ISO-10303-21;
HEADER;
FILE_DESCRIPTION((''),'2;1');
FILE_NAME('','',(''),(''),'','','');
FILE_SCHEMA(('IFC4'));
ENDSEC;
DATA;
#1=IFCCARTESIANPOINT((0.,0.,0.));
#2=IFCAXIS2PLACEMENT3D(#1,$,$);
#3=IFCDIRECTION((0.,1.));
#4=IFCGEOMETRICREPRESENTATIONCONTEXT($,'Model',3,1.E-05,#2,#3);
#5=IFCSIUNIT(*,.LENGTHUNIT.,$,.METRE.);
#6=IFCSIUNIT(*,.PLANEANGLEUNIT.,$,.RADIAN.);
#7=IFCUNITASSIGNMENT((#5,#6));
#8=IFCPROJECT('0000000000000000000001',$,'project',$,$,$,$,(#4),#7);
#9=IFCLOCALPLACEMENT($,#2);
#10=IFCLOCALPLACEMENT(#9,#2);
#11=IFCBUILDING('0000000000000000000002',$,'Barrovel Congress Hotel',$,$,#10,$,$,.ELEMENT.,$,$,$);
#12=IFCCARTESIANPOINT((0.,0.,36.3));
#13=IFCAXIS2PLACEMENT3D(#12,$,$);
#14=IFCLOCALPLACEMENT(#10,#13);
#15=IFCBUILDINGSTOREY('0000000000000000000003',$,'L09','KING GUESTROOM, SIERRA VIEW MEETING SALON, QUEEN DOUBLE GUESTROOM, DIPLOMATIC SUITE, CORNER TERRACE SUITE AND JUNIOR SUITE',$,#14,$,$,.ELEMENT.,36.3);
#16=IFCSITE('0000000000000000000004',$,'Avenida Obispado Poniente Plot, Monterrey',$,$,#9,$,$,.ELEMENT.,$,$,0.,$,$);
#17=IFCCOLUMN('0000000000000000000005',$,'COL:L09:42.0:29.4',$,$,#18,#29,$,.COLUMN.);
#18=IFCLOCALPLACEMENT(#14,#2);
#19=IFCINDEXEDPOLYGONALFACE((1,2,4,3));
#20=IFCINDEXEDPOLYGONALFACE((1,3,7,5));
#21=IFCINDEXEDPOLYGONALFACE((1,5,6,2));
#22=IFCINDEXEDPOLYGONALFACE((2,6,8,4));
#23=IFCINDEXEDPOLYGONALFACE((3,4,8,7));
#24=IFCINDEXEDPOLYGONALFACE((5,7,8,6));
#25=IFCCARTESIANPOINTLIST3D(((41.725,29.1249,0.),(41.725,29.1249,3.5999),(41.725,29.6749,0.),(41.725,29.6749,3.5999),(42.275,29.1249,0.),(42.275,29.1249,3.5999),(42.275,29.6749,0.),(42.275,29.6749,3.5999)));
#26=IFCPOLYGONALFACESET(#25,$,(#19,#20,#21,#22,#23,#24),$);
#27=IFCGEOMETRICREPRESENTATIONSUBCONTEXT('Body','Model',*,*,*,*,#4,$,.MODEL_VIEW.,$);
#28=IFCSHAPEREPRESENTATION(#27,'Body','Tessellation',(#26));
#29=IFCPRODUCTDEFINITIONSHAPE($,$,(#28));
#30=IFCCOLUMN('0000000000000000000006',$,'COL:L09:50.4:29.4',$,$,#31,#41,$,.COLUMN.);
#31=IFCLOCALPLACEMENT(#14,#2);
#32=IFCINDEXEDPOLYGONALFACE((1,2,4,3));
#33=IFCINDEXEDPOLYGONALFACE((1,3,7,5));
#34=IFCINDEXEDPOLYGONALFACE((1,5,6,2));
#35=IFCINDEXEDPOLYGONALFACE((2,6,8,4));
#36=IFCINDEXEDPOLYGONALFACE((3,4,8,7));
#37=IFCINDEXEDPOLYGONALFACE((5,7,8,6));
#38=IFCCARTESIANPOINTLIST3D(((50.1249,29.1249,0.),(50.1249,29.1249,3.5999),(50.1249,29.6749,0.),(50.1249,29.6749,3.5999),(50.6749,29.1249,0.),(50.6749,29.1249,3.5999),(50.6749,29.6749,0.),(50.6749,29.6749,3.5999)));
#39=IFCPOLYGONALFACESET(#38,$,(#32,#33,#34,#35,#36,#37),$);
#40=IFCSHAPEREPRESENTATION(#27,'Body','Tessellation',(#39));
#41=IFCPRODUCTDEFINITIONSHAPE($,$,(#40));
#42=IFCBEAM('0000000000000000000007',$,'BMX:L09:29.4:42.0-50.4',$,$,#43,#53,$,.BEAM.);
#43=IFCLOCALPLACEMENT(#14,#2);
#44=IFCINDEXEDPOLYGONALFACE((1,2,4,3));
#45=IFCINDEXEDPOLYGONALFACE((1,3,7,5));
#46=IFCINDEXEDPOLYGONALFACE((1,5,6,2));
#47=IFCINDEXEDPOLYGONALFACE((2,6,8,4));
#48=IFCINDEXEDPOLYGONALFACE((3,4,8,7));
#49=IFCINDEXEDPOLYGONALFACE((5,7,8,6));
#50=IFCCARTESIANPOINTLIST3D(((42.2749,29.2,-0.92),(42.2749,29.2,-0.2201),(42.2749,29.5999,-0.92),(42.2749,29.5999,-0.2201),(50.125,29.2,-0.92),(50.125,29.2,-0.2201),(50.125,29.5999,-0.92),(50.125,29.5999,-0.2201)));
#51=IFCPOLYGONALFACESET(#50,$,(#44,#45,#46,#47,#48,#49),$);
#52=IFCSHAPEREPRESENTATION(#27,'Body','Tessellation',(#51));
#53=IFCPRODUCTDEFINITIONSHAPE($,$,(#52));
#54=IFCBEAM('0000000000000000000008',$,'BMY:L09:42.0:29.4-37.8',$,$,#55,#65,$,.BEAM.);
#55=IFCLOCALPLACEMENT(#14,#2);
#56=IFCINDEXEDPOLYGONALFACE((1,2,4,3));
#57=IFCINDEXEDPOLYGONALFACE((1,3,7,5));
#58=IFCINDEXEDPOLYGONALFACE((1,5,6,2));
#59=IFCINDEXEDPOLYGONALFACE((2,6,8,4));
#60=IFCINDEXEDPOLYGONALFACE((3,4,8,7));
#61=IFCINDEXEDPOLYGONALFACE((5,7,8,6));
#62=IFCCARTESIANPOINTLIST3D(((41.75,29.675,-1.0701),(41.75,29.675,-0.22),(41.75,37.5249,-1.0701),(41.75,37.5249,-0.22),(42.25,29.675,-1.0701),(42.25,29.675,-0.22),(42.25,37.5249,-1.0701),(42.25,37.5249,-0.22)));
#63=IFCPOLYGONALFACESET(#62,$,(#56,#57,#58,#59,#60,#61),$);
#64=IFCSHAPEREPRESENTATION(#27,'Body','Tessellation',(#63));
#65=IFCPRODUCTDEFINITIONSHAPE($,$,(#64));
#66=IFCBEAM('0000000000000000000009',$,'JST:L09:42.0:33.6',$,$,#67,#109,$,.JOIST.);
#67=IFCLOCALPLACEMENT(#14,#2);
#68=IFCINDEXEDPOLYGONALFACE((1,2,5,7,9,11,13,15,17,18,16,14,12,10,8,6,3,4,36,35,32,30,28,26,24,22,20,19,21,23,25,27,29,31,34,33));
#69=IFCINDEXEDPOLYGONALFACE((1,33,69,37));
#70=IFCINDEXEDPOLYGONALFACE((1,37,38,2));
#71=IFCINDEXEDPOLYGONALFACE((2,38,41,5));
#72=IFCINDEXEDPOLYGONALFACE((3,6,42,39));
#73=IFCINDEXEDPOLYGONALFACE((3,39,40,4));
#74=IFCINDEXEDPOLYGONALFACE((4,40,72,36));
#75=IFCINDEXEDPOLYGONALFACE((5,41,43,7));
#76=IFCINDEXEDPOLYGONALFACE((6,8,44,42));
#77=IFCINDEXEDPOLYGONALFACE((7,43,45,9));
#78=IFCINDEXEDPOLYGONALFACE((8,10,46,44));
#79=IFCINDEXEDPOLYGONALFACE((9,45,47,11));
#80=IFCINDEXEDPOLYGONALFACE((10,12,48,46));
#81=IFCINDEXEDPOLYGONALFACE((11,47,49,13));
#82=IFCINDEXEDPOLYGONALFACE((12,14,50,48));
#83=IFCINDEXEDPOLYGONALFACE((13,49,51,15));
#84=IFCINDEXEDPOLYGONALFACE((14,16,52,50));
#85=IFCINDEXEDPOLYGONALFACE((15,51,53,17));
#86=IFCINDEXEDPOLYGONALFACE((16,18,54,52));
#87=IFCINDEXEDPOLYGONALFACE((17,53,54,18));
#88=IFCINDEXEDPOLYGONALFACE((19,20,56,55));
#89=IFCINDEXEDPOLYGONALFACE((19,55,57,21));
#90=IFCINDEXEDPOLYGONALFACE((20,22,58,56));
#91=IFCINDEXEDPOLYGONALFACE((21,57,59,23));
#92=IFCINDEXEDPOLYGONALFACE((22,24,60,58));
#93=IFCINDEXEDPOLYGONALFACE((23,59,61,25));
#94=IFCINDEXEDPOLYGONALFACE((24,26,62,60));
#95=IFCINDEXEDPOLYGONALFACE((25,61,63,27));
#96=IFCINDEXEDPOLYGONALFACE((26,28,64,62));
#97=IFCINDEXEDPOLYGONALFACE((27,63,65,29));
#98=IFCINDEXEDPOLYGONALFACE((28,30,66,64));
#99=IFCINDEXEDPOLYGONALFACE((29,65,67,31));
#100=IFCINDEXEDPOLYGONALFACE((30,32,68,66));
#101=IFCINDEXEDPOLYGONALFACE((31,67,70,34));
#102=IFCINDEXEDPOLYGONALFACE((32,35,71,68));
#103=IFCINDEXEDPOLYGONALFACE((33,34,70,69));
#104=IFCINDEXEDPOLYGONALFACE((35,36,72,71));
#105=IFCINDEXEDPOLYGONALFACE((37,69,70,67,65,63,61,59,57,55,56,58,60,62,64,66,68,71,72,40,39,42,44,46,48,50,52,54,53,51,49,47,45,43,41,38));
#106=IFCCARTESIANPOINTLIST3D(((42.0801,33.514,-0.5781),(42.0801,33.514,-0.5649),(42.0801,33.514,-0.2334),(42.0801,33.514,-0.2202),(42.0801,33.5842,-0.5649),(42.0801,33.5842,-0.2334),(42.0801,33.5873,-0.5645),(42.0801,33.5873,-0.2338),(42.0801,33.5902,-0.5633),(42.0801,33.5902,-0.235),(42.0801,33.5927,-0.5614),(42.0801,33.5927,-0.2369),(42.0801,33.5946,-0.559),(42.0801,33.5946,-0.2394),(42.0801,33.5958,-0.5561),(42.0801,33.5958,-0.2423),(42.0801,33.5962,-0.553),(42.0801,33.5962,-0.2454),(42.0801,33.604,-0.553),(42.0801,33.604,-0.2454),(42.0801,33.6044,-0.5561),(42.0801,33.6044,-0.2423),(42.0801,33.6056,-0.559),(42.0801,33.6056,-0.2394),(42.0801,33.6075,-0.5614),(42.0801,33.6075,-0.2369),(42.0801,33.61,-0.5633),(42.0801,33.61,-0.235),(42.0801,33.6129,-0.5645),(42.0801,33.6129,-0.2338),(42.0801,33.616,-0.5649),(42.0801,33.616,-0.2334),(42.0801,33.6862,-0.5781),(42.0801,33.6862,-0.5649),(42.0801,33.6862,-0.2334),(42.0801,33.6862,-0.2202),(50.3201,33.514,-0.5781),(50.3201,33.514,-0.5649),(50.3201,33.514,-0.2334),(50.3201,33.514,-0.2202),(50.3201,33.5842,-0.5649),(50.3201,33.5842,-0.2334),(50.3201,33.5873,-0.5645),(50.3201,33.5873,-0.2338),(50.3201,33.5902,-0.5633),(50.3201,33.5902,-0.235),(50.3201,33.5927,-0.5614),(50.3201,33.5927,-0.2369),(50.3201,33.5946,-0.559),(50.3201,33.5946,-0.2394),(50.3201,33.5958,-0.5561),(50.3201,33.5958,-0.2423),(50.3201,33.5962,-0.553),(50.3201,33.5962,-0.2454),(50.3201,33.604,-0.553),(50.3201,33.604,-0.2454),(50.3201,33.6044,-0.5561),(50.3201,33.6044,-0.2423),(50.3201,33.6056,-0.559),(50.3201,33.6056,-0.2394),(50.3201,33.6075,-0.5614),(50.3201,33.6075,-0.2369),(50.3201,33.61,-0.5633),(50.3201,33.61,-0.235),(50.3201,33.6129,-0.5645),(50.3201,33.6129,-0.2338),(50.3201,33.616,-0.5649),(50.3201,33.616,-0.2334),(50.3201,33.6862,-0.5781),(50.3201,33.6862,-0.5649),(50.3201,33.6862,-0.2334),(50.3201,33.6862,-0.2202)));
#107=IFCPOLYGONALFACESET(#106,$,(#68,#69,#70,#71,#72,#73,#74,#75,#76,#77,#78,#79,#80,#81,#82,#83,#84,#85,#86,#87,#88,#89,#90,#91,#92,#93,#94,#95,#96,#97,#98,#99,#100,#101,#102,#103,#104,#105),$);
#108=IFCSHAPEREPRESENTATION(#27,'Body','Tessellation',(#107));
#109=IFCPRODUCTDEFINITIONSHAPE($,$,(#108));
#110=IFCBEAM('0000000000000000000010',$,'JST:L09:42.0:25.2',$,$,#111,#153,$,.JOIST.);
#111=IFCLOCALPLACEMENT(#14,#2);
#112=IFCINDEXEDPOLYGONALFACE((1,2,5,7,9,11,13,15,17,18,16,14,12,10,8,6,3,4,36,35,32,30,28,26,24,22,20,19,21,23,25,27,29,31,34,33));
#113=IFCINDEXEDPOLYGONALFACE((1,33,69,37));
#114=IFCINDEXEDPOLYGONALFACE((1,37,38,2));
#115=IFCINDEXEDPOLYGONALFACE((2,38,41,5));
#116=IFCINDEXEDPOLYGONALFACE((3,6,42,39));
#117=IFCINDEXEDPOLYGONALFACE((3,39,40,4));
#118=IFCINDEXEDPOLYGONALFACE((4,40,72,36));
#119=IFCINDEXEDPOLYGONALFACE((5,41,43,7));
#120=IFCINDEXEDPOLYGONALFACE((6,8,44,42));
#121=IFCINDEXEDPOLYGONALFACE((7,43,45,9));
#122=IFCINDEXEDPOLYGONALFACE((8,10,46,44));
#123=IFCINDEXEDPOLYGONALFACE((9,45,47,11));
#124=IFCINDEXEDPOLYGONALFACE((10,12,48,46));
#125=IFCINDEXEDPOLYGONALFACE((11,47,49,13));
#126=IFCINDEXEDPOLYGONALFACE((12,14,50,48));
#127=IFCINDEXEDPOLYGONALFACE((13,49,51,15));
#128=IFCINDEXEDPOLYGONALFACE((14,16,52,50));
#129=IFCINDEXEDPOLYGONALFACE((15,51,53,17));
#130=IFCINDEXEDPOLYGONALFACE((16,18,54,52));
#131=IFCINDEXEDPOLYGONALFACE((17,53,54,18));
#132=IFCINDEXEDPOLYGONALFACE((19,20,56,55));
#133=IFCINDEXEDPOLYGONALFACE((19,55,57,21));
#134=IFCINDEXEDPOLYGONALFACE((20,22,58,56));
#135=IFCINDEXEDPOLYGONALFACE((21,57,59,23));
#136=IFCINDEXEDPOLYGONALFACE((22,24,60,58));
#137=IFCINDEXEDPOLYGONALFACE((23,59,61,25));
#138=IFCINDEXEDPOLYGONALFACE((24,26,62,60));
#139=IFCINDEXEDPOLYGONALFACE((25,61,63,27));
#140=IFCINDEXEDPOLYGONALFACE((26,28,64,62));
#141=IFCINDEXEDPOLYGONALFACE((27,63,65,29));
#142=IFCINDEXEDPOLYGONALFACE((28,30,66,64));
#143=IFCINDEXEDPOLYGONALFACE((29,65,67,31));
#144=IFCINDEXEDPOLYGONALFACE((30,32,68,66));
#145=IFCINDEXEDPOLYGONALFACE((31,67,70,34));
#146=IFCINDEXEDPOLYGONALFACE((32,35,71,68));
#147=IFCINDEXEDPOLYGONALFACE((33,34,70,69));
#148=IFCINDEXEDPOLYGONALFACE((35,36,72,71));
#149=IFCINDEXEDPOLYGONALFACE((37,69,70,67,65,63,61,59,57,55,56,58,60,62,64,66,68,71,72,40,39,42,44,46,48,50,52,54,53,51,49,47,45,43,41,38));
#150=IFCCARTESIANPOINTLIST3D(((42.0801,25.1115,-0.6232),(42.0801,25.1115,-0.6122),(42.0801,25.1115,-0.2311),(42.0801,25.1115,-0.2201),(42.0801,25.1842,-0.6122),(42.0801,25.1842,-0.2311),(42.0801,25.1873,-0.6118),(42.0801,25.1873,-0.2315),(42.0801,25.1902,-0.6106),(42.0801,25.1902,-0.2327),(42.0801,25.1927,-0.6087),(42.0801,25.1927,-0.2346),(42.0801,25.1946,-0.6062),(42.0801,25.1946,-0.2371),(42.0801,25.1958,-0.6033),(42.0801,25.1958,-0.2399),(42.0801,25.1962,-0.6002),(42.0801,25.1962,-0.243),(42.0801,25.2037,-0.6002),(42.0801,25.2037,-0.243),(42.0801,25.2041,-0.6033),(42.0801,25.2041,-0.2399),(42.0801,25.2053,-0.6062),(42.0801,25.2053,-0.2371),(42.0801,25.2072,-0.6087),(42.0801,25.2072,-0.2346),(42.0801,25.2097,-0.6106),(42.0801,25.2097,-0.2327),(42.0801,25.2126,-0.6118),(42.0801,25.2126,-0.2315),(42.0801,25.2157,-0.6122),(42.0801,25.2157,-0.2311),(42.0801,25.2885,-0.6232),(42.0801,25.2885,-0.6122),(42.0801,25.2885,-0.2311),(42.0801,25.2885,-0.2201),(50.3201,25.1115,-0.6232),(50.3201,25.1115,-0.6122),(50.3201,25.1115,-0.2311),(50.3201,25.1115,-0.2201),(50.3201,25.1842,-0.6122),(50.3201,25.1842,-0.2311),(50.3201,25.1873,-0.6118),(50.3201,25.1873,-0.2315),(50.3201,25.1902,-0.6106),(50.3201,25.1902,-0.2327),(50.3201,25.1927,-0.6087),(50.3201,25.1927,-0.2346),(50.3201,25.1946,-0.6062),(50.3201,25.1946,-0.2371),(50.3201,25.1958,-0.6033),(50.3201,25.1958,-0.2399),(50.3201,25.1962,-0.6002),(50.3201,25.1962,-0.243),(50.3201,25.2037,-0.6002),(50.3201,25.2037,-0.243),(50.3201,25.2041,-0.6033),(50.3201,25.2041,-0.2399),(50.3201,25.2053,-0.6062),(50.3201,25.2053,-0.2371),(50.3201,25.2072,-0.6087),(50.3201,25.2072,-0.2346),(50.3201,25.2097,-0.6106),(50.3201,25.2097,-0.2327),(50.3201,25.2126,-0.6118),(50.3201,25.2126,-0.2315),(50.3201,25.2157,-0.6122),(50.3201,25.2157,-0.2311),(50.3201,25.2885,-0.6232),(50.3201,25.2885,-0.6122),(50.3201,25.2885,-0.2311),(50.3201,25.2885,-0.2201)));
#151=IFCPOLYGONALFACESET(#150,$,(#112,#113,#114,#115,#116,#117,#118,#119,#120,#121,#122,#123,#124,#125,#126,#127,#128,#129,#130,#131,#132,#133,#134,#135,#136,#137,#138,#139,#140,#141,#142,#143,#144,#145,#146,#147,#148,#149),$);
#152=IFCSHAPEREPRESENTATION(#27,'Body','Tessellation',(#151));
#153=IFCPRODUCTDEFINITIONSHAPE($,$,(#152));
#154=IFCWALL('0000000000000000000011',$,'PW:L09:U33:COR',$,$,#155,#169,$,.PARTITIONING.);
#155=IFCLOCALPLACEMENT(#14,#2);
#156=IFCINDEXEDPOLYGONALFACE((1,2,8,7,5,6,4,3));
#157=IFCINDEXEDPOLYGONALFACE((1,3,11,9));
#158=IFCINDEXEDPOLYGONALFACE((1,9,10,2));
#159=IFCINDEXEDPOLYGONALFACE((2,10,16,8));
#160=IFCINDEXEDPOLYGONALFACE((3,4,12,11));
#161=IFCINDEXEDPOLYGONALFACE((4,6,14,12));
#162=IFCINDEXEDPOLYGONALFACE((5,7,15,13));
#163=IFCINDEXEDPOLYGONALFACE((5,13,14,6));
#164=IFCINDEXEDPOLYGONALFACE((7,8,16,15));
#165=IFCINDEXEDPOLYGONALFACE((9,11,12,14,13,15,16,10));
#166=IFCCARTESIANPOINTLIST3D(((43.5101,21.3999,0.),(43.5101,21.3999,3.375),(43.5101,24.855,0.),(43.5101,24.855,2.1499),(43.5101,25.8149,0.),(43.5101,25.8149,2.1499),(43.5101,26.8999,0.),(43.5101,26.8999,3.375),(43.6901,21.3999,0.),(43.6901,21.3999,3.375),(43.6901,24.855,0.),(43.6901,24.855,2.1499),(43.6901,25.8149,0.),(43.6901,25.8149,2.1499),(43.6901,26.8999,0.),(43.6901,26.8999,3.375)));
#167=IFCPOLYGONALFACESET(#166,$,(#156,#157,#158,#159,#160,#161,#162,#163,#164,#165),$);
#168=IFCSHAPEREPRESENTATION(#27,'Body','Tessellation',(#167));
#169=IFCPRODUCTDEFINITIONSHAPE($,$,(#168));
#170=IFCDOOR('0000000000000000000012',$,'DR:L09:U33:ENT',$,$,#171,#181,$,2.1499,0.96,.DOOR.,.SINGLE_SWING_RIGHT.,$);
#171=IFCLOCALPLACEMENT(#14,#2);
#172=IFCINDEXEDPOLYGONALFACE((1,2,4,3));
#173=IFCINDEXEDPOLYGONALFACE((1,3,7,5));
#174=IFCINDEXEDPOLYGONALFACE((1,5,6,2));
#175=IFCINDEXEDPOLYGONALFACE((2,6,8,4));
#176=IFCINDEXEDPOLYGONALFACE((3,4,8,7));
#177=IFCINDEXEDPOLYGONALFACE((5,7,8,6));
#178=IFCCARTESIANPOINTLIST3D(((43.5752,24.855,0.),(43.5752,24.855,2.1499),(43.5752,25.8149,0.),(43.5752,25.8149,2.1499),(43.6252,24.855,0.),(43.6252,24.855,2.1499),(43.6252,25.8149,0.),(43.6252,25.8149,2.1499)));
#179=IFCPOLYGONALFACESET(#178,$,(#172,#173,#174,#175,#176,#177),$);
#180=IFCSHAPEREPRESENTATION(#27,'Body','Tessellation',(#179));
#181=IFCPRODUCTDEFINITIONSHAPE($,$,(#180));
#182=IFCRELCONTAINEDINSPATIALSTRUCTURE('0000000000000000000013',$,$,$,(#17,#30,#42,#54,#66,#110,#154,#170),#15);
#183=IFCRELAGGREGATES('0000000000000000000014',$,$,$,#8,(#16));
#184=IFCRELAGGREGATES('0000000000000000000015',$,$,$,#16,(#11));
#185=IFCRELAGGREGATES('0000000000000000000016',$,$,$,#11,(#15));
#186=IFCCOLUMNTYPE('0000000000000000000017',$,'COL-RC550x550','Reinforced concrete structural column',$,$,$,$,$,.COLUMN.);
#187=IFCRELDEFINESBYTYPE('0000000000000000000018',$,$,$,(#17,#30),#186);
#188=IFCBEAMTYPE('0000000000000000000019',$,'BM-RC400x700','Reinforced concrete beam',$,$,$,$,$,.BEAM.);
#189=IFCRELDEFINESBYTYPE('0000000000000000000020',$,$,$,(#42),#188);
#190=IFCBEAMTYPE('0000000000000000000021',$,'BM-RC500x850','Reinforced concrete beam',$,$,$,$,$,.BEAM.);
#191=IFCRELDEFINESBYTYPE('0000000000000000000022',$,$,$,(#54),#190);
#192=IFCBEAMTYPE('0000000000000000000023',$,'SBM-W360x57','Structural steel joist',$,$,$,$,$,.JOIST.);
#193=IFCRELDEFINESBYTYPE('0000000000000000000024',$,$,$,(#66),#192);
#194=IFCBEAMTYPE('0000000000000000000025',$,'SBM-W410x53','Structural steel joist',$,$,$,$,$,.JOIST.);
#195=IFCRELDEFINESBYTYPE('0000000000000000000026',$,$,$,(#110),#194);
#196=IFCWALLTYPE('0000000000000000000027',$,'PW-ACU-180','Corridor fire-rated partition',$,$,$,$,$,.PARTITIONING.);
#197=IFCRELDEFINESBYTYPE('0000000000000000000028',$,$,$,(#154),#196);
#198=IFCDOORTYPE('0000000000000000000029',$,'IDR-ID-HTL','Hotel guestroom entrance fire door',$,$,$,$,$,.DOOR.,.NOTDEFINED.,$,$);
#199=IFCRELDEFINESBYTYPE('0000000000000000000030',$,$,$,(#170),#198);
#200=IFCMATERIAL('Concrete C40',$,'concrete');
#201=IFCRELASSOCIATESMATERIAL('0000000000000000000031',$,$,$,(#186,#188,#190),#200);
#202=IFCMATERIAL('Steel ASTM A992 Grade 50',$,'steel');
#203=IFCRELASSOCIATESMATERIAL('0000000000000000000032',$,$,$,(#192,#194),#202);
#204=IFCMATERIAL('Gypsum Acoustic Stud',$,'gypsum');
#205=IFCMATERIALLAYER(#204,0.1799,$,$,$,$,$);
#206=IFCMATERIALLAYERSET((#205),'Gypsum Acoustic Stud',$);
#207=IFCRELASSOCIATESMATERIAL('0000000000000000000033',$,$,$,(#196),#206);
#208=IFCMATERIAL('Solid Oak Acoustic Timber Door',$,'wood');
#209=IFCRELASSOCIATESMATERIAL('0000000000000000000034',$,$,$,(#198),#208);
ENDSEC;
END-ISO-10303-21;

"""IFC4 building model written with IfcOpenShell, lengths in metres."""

from ifc_helpers import new_model, si_unit, direction, frame, frame_2d, origin, origin_2d, place, context, subcontext, project, spatial, rectangle, i_section, extrude, material, layer, layer_set, material_profile, profile_set, type_object, element, fill, save


model = new_model("IFC4")

# Units and contexts
model_context = context("Model", 3, precision=1e-05, world=origin(), true_north=direction((0.0, 1.0)))
body_context = subcontext(model_context, "Body", "Model", "MODEL_VIEW")
ifc_project = project(units=[si_unit("LENGTHUNIT", "METRE"), si_unit("PLANEANGLEUNIT", "RADIAN")], contexts=[model_context])

# Site, building, storey
site_placement = place(None, origin())
site = spatial("IfcSite", under=ifc_project, at=site_placement, Name="Avenida Obispado Poniente Plot, Monterrey", CompositionType="ELEMENT", RefElevation=0.0)
building_placement = place(site_placement, origin())
building = spatial("IfcBuilding", under=site, at=building_placement, Name="Barrovel Congress Hotel", CompositionType="ELEMENT")
storey_placement = place(building_placement, frame((0.0, 0.0, 36.3)))
storey = spatial("IfcBuildingStorey", under=building, at=storey_placement, Name="L09", Description="KING GUESTROOM, SIERRA VIEW MEETING SALON, QUEEN DOUBLE GUESTROOM, DIPLOMATIC SUITE, CORNER TERRACE SUITE AND JUNIOR SUITE", CompositionType="ELEMENT", Elevation=36.3)

# Columns
ifc_material_1 = material(Name="Concrete C40", Category="concrete")
ifc_material_profile_1 = material_profile(ifc_material_1, rectangle(XDim=0.55, YDim=0.55, at=origin_2d()), Name="RC550x550")
ifc_profile_set_1 = profile_set([ifc_material_profile_1], Name="Concrete C40")
column_type = type_object("IfcColumnType", Name="COL-RC550x550", Description="Reinforced concrete structural column", PredefinedType="COLUMN", material=ifc_profile_set_1)
for number, where, z_axis, x_axis, name in (
    (1, (42.0, 29.3999, 0.0), (0.0, 0.0, 1.0), (1.0, 0.0, 0.0), "COL:L09:42.0:29.4"),
    (2, (50.3999, 29.3999, 0.0), (0.0, 0.0, 1.0), (1.0, 0.0, 0.0), "COL:L09:50.4:29.4"),
):
    element("IfcColumn", number, at=place(storey_placement, frame(where, z_axis=z_axis, x_axis=x_axis)), inside=storey, type_object=column_type, Name=name, PredefinedType="COLUMN", context=body_context, shape_type="SweptSolid", body=[
        extrude(rectangle(XDim=0.55, YDim=0.55, at=origin_2d()), origin(), (0.0, 0.0, 1.0), 3.5999),
    ])

# Beams
ifc_material_profile_2 = material_profile(ifc_material_1, rectangle(XDim=0.3999, YDim=0.7, at=origin_2d()), Name="RC400x700")
ifc_profile_set_2 = profile_set([ifc_material_profile_2], Name="Concrete C40")
beam_type_1 = type_object("IfcBeamType", Name="BM-RC400x700", Description="Reinforced concrete beam", PredefinedType="BEAM", material=ifc_profile_set_2)
beam_1_placement = place(storey_placement, frame((42.2749, 29.3999, -0.5701), z_axis=(1.0, 0.0, 0.0), x_axis=(0.0, 1.0, 0.0)))
element("IfcBeam", 3, at=beam_1_placement, inside=storey, type_object=beam_type_1, Name="BMX:L09:29.4:42.0-50.4", PredefinedType="BEAM", context=body_context, shape_type="SweptSolid", body=[
    extrude(rectangle(XDim=0.3999, YDim=0.7, at=origin_2d()), origin(), (0.0, 0.0, 1.0), 7.8501),
])
ifc_material_profile_3 = material_profile(ifc_material_1, rectangle(XDim=0.5, YDim=0.8501, at=origin_2d()), Name="RC500x850")
ifc_profile_set_3 = profile_set([ifc_material_profile_3], Name="Concrete C40")
beam_type_2 = type_object("IfcBeamType", Name="BM-RC500x850", Description="Reinforced concrete beam", PredefinedType="BEAM", material=ifc_profile_set_3)
beam_2_placement = place(storey_placement, frame((42.0, 29.675, -0.645), z_axis=(0.0, 1.0, 0.0), x_axis=(-1.0, 0.0, 0.0)))
element("IfcBeam", 4, at=beam_2_placement, inside=storey, type_object=beam_type_2, Name="BMY:L09:42.0:29.4-37.8", PredefinedType="BEAM", context=body_context, shape_type="SweptSolid", body=[
    extrude(rectangle(XDim=0.5, YDim=0.8501, at=origin_2d()), origin(), (0.0, 0.0, 1.0), 7.8499),
])
ifc_material_2 = material(Name="Steel ASTM A992 Grade 50", Category="steel")
ifc_material_profile_4 = material_profile(ifc_material_2, i_section(OverallWidth=0.1721, OverallDepth=0.3579, WebThickness=0.0078, FlangeThickness=0.0132, FilletRadius=0.012, at=origin_2d()), Name="W360x57")
ifc_profile_set_4 = profile_set([ifc_material_profile_4], Name="Steel ASTM A992 Grade 50")
beam_type_3 = type_object("IfcBeamType", Name="SBM-W360x57", Description="Structural steel joist", PredefinedType="JOIST", material=ifc_profile_set_4)
beam_3_placement = place(storey_placement, frame((42.0801, 33.6001, -0.3992), z_axis=(1.0, 0.0, 0.0), x_axis=(0.0, 1.0, 0.0)))
element("IfcBeam", 5, at=beam_3_placement, inside=storey, type_object=beam_type_3, Name="JST:L09:42.0:33.6", PredefinedType="JOIST", context=body_context, shape_type="SweptSolid", body=[
    extrude(i_section(OverallWidth=0.1721, OverallDepth=0.3579, WebThickness=0.0078, FlangeThickness=0.0132, FilletRadius=0.012, at=origin_2d()), origin(), (0.0, 0.0, 1.0), 8.24),
])
ifc_material_profile_5 = material_profile(ifc_material_2, i_section(OverallWidth=0.177, OverallDepth=0.4031, WebThickness=0.0076, FlangeThickness=0.011, FilletRadius=0.012, at=origin_2d()), Name="W410x53")
ifc_profile_set_5 = profile_set([ifc_material_profile_5], Name="Steel ASTM A992 Grade 50")
beam_type_4 = type_object("IfcBeamType", Name="SBM-W410x53", Description="Structural steel joist", PredefinedType="JOIST", material=ifc_profile_set_5)
beam_4_placement = place(storey_placement, frame((42.0801, 25.2, -0.4216), z_axis=(1.0, 0.0, 0.0), x_axis=(0.0, 1.0, 0.0)))
element("IfcBeam", 6, at=beam_4_placement, inside=storey, type_object=beam_type_4, Name="JST:L09:42.0:25.2", PredefinedType="JOIST", context=body_context, shape_type="SweptSolid", body=[
    extrude(i_section(OverallWidth=0.177, OverallDepth=0.4031, WebThickness=0.0076, FlangeThickness=0.011, FilletRadius=0.012, at=origin_2d()), origin(), (0.0, 0.0, 1.0), 8.24),
])

# Wall, opening, door
ifc_material_3 = material(Name="Gypsum Acoustic Stud", Category="gypsum")
ifc_layer_1 = layer(ifc_material_3, 0.1799)
ifc_layer_set_1 = layer_set([ifc_layer_1], Name="Gypsum Acoustic Stud")
wall_type_1 = type_object("IfcWallType", Name="PW-ACU-180", Description="Corridor fire-rated partition", PredefinedType="PARTITIONING", material=ifc_layer_set_1)
wall_1_placement = place(storey_placement, frame((43.6001, 21.3999, 0.0), z_axis=(0.0, 0.0, 1.0), x_axis=(0.0, 1.0, 0.0)))
wall_1 = element("IfcWall", 7, at=wall_1_placement, inside=storey, type_object=wall_type_1, Name="PW:L09:U33:COR", PredefinedType="PARTITIONING", context=body_context, shape_type="SweptSolid", body=[
    extrude(rectangle(XDim=5.5, YDim=0.1799, at=frame_2d((2.75, 0.0))), origin(), (0.0, 0.0, 1.0), 3.375),
])
opening_1_placement = place(wall_1_placement, frame((3.4551, 0.0, 0.0)))
opening_1 = element("IfcOpeningElement", 8, at=opening_1_placement, cuts=wall_1, PredefinedType="OPENING", context=body_context, shape_type="SweptSolid", body=[
    extrude(rectangle(XDim=0.96, YDim=2.1499, at=frame_2d((0.48, 1.075))), frame((0.0, 0.1001, 0.0), z_axis=(0.0, -1.0, 0.0), x_axis=(1.0, 0.0, 0.0)), (0.0, 0.0, 1.0), 0.2),
])
ifc_material_4 = material(Name="Solid Oak Acoustic Timber Door", Category="wood")
door_type_1 = type_object("IfcDoorType", Name="IDR-ID-HTL", Description="Hotel guestroom entrance fire door", OperationType="NOTDEFINED", PredefinedType="DOOR", material=ifc_material_4)
door_1_placement = place(opening_1_placement, origin())
door_1 = element("IfcDoor", 9, at=door_1_placement, inside=storey, type_object=door_type_1, Name="DR:L09:U33:ENT", OperationType="SINGLE_SWING_RIGHT", OverallHeight=2.1499, OverallWidth=0.96, PredefinedType="DOOR", context=body_context, shape_type="SweptSolid", body=[
    extrude(rectangle(XDim=0.96, YDim=2.1499, at=frame_2d((0.48, 1.075))), frame((0.0, 0.0249, 0.0), z_axis=(0.0, -1.0, 0.0), x_axis=(1.0, 0.0, 0.0)), (0.0, 0.0, 1.0), 0.05),
])
fill(opening_1, door_1)

save(model, "model.ifc")
